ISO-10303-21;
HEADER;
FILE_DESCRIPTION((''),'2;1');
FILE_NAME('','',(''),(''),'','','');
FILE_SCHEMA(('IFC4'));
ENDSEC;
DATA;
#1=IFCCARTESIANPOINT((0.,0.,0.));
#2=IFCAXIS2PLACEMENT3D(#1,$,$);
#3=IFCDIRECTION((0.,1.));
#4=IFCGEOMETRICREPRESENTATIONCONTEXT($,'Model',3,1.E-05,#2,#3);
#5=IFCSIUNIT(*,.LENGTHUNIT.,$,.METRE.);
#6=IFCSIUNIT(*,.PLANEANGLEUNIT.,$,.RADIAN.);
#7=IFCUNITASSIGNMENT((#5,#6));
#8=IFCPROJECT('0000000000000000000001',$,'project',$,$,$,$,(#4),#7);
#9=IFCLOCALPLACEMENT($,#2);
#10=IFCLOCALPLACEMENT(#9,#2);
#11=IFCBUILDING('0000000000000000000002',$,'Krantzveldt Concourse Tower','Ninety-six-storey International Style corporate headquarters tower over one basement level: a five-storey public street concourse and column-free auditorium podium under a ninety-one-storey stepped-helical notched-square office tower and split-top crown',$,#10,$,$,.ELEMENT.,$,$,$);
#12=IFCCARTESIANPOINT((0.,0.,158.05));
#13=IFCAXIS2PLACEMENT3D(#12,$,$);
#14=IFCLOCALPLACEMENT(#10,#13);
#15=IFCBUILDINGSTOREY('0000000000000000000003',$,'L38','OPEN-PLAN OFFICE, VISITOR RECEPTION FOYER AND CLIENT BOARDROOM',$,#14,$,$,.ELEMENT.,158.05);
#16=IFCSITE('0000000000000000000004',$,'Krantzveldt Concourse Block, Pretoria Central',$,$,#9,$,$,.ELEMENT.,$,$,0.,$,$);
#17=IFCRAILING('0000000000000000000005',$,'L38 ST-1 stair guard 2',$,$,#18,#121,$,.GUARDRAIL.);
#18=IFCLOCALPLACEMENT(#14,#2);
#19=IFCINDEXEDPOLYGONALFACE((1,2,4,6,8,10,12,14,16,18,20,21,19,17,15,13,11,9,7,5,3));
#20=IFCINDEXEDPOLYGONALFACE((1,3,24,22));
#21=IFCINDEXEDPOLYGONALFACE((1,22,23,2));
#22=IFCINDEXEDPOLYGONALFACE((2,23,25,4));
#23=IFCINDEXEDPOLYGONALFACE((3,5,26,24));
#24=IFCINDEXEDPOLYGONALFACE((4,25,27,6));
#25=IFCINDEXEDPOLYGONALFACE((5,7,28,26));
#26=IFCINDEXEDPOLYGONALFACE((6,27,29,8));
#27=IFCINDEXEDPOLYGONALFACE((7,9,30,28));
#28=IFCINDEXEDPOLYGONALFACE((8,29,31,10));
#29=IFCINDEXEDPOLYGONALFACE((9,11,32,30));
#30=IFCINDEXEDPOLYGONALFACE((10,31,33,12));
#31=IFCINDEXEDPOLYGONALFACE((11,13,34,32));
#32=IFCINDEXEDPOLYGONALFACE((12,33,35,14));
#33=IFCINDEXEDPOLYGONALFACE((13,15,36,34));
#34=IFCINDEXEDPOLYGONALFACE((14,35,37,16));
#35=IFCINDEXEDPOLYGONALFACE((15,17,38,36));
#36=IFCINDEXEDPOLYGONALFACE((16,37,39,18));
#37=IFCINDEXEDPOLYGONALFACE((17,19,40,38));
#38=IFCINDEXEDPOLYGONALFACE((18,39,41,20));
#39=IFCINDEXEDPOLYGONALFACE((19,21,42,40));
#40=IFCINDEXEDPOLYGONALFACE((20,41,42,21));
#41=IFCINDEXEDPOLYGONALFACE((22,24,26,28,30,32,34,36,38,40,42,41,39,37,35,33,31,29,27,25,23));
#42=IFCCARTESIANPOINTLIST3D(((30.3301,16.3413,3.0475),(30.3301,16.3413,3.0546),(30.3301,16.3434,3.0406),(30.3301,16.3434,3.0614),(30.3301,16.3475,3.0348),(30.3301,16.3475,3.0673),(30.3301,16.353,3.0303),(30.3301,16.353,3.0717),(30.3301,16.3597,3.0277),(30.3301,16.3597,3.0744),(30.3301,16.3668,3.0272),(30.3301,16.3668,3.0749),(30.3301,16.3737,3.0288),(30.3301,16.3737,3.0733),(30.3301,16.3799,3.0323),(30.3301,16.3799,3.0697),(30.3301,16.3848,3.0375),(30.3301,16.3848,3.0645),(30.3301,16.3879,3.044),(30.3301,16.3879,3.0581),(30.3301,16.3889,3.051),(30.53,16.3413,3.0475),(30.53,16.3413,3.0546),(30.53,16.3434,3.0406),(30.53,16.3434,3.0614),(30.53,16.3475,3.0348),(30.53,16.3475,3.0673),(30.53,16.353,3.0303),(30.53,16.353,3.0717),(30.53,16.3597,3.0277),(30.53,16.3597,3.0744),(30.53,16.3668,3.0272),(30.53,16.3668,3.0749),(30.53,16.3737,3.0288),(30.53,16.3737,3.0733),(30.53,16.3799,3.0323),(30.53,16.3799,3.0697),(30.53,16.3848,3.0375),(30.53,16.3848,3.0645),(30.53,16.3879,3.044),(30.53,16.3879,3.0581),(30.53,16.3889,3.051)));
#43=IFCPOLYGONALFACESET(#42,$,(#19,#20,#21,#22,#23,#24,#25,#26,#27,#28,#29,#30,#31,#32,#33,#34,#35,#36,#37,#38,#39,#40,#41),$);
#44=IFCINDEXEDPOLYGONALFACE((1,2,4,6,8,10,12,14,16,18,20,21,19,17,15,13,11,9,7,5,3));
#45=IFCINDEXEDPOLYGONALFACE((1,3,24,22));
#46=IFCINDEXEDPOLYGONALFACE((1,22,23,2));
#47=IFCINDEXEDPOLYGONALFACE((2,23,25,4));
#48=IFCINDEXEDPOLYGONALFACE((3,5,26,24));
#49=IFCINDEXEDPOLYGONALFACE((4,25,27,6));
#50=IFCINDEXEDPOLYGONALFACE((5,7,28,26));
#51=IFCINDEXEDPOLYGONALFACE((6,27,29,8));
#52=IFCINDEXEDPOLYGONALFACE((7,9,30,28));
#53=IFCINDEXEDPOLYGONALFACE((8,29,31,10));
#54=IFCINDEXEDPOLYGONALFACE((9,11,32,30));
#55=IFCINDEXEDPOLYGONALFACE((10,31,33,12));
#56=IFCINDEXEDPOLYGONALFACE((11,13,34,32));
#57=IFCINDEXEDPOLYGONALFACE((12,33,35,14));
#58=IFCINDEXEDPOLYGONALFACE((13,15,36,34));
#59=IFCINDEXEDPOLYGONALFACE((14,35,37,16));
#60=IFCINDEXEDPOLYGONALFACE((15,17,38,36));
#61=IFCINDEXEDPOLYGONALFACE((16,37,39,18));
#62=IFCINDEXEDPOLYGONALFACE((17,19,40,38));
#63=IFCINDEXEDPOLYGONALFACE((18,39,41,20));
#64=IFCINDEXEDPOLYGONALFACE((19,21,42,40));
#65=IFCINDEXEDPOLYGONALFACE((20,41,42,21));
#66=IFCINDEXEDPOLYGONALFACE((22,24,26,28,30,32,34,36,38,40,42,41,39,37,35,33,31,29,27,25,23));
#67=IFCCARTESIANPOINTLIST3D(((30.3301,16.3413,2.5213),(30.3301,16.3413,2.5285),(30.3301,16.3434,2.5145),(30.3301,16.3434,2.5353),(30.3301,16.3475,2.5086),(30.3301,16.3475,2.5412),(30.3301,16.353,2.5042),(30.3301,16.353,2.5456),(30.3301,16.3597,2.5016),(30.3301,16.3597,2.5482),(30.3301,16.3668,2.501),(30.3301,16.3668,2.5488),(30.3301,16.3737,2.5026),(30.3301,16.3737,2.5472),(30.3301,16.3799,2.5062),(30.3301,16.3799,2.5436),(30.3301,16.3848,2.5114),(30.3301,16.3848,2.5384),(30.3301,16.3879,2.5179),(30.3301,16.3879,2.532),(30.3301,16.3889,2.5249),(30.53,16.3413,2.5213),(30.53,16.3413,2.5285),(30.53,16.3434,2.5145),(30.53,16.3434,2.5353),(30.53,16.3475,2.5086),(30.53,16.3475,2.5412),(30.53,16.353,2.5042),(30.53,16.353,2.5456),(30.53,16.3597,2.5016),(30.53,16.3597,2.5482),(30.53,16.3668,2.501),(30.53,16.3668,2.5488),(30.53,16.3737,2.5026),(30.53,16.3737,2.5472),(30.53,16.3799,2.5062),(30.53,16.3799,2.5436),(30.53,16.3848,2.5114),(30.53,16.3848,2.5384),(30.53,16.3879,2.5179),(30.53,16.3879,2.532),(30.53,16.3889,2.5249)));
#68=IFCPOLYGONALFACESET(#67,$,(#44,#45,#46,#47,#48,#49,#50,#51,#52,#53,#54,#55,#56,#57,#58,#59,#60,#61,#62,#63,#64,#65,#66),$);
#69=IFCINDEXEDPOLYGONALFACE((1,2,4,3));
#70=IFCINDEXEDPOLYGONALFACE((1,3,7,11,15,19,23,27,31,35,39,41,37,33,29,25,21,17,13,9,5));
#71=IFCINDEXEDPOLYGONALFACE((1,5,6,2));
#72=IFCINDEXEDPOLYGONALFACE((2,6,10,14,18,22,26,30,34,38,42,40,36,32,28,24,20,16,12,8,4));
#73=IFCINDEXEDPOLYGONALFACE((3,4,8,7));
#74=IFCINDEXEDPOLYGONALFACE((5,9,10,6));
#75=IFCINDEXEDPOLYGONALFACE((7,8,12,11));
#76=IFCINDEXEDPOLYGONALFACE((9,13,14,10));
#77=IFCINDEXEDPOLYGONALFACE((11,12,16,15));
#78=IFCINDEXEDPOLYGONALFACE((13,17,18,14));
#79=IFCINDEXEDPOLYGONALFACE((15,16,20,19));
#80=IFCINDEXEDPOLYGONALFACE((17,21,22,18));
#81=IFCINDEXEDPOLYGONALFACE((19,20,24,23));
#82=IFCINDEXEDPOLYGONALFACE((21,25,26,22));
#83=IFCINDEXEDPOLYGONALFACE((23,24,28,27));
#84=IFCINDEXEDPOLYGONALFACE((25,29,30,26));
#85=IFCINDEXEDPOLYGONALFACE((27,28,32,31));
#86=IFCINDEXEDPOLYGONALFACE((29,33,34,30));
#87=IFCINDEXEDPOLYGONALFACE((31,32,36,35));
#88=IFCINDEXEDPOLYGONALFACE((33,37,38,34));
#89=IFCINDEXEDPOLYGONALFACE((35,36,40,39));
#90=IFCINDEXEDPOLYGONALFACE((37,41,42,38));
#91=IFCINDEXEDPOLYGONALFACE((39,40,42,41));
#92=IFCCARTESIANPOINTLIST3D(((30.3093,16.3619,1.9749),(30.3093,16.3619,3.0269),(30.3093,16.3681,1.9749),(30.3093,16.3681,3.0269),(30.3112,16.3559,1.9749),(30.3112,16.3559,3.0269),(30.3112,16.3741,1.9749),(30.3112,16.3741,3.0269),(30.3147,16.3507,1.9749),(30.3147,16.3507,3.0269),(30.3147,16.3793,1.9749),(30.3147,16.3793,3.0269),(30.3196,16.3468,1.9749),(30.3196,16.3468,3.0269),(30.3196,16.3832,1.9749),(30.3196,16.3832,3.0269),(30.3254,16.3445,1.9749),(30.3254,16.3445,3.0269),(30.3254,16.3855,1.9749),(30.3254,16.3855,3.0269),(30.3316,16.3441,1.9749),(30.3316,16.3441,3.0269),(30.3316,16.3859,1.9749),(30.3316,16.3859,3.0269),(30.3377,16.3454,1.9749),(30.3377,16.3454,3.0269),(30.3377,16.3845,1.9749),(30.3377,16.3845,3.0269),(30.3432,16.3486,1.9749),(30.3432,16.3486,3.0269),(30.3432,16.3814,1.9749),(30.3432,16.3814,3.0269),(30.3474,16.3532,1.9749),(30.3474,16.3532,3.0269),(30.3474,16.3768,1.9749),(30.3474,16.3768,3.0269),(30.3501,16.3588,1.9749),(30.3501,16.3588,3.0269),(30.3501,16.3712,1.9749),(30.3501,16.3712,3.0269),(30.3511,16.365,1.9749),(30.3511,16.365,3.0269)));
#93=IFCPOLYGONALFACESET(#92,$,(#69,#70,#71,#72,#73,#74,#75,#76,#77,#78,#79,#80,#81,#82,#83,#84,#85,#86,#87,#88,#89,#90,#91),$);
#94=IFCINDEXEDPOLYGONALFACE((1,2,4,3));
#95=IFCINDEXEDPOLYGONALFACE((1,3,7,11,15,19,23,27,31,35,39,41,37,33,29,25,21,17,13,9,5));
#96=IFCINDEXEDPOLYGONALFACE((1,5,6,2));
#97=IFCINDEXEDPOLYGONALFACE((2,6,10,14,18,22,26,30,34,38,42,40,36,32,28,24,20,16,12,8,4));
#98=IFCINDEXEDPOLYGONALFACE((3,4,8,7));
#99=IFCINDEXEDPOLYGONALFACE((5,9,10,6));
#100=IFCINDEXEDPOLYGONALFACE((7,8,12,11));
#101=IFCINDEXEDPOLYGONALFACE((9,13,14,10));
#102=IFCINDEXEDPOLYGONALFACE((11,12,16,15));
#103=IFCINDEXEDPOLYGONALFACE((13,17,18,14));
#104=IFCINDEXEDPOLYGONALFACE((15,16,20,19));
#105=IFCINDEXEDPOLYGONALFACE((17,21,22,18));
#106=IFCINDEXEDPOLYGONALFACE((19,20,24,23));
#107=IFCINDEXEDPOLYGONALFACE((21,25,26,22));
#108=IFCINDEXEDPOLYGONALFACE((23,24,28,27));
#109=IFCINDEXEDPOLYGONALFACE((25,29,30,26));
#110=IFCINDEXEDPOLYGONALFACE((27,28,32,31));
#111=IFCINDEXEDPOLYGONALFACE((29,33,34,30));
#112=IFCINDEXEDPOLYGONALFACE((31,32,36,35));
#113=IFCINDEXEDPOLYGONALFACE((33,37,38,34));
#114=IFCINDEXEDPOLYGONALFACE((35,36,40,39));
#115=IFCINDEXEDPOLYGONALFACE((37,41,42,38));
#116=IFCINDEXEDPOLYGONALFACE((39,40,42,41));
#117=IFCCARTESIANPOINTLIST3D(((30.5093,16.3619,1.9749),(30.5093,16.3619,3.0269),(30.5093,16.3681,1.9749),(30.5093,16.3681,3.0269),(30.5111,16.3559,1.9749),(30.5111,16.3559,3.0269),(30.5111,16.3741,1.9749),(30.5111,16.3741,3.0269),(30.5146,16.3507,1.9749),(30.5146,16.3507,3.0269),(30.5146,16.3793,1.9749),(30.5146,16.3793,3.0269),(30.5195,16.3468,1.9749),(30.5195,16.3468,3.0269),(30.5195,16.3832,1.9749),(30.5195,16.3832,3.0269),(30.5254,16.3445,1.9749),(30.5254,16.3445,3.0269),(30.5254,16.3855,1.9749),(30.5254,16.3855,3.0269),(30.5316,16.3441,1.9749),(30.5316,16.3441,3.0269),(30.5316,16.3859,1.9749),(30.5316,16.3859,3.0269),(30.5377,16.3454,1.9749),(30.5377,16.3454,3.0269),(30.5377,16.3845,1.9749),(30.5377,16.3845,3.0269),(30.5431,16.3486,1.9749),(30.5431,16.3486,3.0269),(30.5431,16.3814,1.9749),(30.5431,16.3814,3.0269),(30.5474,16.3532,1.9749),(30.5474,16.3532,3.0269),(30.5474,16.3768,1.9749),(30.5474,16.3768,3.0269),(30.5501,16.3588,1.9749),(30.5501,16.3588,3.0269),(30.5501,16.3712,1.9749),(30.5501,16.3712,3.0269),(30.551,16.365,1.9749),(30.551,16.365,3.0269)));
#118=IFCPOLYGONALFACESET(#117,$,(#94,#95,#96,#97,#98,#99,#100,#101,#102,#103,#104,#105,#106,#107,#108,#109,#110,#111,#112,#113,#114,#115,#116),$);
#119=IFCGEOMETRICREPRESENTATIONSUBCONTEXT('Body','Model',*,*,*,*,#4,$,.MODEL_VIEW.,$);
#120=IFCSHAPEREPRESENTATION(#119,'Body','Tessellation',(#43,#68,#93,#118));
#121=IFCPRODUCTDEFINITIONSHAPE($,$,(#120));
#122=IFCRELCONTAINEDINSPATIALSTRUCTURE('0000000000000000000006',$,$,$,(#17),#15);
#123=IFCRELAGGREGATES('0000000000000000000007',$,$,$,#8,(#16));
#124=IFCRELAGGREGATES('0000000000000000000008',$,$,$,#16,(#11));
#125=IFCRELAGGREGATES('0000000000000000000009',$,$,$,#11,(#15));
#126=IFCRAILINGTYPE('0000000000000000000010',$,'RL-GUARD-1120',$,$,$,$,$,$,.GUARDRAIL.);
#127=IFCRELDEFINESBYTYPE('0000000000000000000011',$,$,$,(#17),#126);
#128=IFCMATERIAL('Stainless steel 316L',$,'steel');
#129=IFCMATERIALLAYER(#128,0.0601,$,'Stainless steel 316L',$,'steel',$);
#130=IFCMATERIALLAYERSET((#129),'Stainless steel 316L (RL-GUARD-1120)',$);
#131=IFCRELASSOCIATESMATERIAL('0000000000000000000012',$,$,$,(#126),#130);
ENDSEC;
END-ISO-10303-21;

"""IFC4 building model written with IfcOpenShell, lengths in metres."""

from ifc_helpers import new_model, si_unit, direction, frame, origin, origin_2d, place, context, subcontext, project, spatial, circle, extrude, material, layer, layer_set, type_object, element, save


model = new_model("IFC4")

# Units and contexts
model_context = context("Model", 3, precision=1e-05, world=origin(), true_north=direction((0.0, 1.0)))
body_context = subcontext(model_context, "Body", "Model", "MODEL_VIEW")
ifc_project = project(units=[si_unit("LENGTHUNIT", "METRE"), si_unit("PLANEANGLEUNIT", "RADIAN")], contexts=[model_context])

# Site, building, storey
site_placement = place(None, origin())
site = spatial("IfcSite", under=ifc_project, at=site_placement, Name="Krantzveldt Concourse Block, Pretoria Central", CompositionType="ELEMENT", RefElevation=0.0)
building_placement = place(site_placement, origin())
building = spatial("IfcBuilding", under=site, at=building_placement, Name="Krantzveldt Concourse Tower", Description="Ninety-six-storey International Style corporate headquarters tower over one basement level: a five-storey public street concourse and column-free auditorium podium under a ninety-one-storey stepped-helical notched-square office tower and split-top crown", CompositionType="ELEMENT")
storey_placement = place(building_placement, frame((0.0, 0.0, 158.05)))
storey = spatial("IfcBuildingStorey", under=building, at=storey_placement, Name="L38", Description="OPEN-PLAN OFFICE, VISITOR RECEPTION FOYER AND CLIENT BOARDROOM", CompositionType="ELEMENT", Elevation=158.05)

# Railing
ifc_material_1 = material(Name="Stainless steel 316L", Category="steel")
ifc_layer_1 = layer(ifc_material_1, 0.0601, Name="Stainless steel 316L", Category="steel")
ifc_layer_set_1 = layer_set([ifc_layer_1], Name="Stainless steel 316L (RL-GUARD-1120)")
railing_type_1 = type_object("IfcRailingType", Name="RL-GUARD-1120", PredefinedType="GUARDRAIL", material=ifc_layer_set_1)
railing_1_placement = place(storey_placement, frame((30.3301, 16.365, 1.9749)))
element("IfcRailing", 1, at=railing_1_placement, inside=storey, type_object=railing_type_1, Name="L38 ST-1 stair guard 2", PredefinedType="GUARDRAIL", context=body_context, shape_type="SweptSolid", body=[
    extrude(circle(Radius=0.0239, at=origin_2d()), frame((0.0, 0.0, 1.0762), z_axis=(1.0, 0.0, 0.0), x_axis=(0.0, 1.0, 0.0)), (0.0, 0.0, 1.0), 0.2),
    extrude(circle(Radius=0.0239, at=origin_2d()), frame((0.0, 0.0, 0.55), z_axis=(1.0, 0.0, 0.0), x_axis=(0.0, 1.0, 0.0)), (0.0, 0.0, 1.0), 0.2),
    extrude(circle(Radius=0.021, at=origin_2d()), origin(), (0.0, 0.0, 1.0), 1.052),
    extrude(circle(Radius=0.021, at=origin_2d()), frame((0.2, 0.0, 0.0)), (0.0, 0.0, 1.0), 1.052),
])

save(model, "model.ifc")
